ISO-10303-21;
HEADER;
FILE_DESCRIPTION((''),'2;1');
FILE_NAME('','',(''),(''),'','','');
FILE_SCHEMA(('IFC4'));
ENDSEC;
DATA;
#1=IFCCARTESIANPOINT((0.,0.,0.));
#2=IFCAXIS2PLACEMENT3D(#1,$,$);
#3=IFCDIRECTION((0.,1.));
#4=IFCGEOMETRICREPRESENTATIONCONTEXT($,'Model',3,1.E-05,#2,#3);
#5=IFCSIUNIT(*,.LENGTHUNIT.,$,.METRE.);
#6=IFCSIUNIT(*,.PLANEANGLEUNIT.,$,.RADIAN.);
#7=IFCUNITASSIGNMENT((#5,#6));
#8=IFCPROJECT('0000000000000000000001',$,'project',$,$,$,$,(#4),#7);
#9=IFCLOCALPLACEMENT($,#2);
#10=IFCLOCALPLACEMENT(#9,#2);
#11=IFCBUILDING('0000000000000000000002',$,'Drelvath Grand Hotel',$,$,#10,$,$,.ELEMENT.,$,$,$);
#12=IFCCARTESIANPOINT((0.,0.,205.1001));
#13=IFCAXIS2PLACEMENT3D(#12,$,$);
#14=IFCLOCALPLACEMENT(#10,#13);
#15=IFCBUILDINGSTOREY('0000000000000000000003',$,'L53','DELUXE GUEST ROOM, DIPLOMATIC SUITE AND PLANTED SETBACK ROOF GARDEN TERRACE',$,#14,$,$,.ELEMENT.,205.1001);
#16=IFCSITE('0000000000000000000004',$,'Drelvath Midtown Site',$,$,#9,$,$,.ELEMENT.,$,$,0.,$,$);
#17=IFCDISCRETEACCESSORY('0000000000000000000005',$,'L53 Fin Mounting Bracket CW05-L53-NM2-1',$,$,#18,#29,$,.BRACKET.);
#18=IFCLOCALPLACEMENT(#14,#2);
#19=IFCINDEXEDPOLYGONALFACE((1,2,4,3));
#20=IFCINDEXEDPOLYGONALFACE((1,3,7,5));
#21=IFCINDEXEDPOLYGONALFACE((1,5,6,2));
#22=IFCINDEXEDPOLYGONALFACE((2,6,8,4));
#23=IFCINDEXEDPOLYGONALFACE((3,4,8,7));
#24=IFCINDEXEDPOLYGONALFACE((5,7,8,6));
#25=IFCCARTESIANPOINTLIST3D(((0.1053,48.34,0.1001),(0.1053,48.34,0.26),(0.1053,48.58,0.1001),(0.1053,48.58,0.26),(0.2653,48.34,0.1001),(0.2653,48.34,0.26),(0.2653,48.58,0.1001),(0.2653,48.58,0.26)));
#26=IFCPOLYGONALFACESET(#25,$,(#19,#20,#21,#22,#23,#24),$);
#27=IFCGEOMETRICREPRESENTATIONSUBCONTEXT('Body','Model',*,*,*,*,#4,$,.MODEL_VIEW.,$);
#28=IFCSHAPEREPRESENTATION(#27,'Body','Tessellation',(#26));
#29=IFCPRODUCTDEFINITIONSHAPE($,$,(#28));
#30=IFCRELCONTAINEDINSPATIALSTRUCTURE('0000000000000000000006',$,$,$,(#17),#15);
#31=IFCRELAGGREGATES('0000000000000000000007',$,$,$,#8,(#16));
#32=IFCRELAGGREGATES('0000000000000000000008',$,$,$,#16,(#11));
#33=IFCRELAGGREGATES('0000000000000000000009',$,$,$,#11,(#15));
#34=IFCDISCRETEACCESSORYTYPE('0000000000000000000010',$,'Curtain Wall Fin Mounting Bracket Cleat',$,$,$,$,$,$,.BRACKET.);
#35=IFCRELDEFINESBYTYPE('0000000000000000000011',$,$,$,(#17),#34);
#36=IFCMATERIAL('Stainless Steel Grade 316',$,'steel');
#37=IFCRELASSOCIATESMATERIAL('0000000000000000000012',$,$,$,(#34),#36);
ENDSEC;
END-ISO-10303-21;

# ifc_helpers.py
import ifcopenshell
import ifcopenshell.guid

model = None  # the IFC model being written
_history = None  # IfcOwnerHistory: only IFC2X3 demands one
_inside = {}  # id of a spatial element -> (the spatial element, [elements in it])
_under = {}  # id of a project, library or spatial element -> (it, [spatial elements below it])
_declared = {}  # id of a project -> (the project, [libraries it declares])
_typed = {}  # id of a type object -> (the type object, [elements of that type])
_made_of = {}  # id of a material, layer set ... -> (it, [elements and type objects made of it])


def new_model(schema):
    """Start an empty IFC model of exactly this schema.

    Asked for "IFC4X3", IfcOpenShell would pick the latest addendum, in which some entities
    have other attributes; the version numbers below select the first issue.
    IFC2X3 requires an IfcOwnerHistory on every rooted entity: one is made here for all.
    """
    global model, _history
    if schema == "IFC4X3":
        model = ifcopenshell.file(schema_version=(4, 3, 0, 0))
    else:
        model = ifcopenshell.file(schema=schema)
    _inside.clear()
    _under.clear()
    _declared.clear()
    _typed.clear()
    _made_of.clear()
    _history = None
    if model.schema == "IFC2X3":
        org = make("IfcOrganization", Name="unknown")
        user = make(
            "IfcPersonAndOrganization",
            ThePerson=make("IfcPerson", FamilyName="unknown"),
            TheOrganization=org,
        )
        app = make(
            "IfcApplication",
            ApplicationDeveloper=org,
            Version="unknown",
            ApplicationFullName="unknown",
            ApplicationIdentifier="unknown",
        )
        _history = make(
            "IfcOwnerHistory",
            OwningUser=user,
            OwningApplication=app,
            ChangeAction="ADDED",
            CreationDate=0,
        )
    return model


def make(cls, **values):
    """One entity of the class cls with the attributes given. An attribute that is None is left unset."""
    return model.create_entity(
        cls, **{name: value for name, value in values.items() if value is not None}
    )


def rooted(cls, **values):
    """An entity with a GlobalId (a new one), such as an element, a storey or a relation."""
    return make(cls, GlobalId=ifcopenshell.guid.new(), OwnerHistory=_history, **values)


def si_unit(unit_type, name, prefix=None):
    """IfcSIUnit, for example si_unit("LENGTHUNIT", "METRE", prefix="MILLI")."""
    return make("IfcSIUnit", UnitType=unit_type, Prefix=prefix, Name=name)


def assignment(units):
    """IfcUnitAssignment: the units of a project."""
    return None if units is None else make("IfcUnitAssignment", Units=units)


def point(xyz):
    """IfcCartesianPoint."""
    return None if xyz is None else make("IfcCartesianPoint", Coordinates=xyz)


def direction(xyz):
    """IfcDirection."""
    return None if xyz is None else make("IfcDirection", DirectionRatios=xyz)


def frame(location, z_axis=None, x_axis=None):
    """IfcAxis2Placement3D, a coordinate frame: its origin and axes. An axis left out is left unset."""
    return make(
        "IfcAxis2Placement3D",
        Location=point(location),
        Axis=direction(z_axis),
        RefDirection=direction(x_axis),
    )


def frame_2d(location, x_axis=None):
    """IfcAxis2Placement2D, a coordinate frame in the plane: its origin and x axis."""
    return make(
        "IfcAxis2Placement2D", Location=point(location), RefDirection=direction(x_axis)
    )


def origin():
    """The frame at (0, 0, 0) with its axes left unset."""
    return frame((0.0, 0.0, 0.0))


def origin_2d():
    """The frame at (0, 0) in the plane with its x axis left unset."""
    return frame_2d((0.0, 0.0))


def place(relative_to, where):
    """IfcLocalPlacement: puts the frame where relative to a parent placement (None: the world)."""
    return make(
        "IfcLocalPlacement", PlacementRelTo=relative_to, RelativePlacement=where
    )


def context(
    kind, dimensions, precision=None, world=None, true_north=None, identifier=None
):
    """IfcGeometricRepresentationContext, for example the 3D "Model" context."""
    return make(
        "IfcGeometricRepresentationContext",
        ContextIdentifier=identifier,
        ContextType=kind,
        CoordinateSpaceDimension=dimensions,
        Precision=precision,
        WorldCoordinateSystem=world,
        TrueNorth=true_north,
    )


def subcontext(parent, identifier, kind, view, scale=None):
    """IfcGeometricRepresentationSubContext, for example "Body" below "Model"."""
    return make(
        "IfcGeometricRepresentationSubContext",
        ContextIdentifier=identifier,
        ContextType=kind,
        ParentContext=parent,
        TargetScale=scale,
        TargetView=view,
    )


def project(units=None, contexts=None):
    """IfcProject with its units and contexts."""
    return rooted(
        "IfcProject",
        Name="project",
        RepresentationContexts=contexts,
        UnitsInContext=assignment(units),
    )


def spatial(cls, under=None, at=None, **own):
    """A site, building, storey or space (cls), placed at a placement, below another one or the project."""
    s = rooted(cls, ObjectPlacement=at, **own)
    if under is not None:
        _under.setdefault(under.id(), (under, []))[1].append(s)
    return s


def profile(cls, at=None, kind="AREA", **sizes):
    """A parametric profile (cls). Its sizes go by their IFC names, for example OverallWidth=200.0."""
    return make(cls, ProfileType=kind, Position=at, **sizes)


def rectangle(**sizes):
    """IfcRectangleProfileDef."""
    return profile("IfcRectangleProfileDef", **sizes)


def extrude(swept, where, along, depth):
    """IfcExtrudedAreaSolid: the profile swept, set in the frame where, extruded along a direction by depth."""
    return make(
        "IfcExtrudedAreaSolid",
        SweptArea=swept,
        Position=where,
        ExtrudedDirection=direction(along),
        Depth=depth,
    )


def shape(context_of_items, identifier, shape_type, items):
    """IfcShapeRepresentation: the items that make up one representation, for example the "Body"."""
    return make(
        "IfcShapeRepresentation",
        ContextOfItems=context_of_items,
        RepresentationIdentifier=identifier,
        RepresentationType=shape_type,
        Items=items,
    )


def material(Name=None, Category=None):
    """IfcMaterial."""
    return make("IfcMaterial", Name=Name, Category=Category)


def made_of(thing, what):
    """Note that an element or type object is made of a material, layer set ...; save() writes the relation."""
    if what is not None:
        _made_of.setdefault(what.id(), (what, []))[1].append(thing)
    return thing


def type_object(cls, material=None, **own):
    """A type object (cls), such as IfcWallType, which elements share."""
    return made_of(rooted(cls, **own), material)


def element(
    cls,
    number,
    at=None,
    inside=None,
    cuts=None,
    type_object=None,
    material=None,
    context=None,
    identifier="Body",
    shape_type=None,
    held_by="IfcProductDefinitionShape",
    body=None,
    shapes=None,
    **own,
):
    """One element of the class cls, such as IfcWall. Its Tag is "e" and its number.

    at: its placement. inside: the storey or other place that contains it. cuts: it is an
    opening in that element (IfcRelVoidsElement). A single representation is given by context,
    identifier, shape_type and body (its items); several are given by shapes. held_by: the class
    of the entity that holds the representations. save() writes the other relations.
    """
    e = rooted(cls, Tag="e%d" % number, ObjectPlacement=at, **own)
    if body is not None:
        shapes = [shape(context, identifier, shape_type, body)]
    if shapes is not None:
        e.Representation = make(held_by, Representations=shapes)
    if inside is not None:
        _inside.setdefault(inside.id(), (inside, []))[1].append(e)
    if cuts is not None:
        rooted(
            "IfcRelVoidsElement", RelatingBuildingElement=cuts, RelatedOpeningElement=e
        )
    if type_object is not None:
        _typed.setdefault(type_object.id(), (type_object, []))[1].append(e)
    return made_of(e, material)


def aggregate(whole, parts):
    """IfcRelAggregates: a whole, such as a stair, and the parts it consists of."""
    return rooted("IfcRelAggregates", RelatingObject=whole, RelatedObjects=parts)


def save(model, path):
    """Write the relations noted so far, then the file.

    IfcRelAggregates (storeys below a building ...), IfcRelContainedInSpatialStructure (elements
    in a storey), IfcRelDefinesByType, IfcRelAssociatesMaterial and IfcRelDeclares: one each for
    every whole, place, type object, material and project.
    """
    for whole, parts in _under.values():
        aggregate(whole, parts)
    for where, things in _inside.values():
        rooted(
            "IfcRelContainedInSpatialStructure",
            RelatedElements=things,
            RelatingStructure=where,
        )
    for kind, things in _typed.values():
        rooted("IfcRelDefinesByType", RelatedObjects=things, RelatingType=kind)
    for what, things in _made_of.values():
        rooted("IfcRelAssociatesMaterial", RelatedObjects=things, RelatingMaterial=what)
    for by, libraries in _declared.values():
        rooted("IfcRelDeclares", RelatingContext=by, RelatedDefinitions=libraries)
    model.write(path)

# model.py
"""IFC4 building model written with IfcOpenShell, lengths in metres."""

from ifc_helpers import new_model, si_unit, direction, frame, origin, origin_2d, place, context, subcontext, project, spatial, rectangle, extrude, material, type_object, element, save


model = new_model("IFC4")

# Units and contexts
model_context = context("Model", 3, precision=1e-05, world=origin(), true_north=direction((0.0, 1.0)))
body_context = subcontext(model_context, "Body", "Model", "MODEL_VIEW")
ifc_project = project(units=[si_unit("LENGTHUNIT", "METRE"), si_unit("PLANEANGLEUNIT", "RADIAN")], contexts=[model_context])

# Site, building, storey
site_placement = place(None, origin())
site = spatial("IfcSite", under=ifc_project, at=site_placement, Name="Drelvath Midtown Site", CompositionType="ELEMENT", RefElevation=0.0)
building_placement = place(site_placement, origin())
building = spatial("IfcBuilding", under=site, at=building_placement, Name="Drelvath Grand Hotel", CompositionType="ELEMENT")
storey_placement = place(building_placement, frame((0.0, 0.0, 205.1001)))
storey = spatial("IfcBuildingStorey", under=building, at=storey_placement, Name="L53", Description="DELUXE GUEST ROOM, DIPLOMATIC SUITE AND PLANTED SETBACK ROOF GARDEN TERRACE", CompositionType="ELEMENT", Elevation=205.1001)

# Discrete accessory
ifc_material_1 = material(Name="Stainless Steel Grade 316", Category="steel")
discrete_accessory_type = type_object("IfcDiscreteAccessoryType", Name="Curtain Wall Fin Mounting Bracket Cleat", PredefinedType="BRACKET", material=ifc_material_1)
discrete_accessory_placement = place(storey_placement, frame((0.1853, 48.46, 0.1001), z_axis=(0.0, 0.0, 1.0), x_axis=(1.0, 0.0, 0.0)))
element("IfcDiscreteAccessory", 1, at=discrete_accessory_placement, inside=storey, type_object=discrete_accessory_type, Name="L53 Fin Mounting Bracket CW05-L53-NM2-1", PredefinedType="BRACKET", context=body_context, shape_type="SweptSolid", body=[
    extrude(rectangle(XDim=0.1599, YDim=0.24, at=origin_2d()), origin(), (0.0, 0.0, 1.0), 0.1599),
])

save(model, "model.ifc")
